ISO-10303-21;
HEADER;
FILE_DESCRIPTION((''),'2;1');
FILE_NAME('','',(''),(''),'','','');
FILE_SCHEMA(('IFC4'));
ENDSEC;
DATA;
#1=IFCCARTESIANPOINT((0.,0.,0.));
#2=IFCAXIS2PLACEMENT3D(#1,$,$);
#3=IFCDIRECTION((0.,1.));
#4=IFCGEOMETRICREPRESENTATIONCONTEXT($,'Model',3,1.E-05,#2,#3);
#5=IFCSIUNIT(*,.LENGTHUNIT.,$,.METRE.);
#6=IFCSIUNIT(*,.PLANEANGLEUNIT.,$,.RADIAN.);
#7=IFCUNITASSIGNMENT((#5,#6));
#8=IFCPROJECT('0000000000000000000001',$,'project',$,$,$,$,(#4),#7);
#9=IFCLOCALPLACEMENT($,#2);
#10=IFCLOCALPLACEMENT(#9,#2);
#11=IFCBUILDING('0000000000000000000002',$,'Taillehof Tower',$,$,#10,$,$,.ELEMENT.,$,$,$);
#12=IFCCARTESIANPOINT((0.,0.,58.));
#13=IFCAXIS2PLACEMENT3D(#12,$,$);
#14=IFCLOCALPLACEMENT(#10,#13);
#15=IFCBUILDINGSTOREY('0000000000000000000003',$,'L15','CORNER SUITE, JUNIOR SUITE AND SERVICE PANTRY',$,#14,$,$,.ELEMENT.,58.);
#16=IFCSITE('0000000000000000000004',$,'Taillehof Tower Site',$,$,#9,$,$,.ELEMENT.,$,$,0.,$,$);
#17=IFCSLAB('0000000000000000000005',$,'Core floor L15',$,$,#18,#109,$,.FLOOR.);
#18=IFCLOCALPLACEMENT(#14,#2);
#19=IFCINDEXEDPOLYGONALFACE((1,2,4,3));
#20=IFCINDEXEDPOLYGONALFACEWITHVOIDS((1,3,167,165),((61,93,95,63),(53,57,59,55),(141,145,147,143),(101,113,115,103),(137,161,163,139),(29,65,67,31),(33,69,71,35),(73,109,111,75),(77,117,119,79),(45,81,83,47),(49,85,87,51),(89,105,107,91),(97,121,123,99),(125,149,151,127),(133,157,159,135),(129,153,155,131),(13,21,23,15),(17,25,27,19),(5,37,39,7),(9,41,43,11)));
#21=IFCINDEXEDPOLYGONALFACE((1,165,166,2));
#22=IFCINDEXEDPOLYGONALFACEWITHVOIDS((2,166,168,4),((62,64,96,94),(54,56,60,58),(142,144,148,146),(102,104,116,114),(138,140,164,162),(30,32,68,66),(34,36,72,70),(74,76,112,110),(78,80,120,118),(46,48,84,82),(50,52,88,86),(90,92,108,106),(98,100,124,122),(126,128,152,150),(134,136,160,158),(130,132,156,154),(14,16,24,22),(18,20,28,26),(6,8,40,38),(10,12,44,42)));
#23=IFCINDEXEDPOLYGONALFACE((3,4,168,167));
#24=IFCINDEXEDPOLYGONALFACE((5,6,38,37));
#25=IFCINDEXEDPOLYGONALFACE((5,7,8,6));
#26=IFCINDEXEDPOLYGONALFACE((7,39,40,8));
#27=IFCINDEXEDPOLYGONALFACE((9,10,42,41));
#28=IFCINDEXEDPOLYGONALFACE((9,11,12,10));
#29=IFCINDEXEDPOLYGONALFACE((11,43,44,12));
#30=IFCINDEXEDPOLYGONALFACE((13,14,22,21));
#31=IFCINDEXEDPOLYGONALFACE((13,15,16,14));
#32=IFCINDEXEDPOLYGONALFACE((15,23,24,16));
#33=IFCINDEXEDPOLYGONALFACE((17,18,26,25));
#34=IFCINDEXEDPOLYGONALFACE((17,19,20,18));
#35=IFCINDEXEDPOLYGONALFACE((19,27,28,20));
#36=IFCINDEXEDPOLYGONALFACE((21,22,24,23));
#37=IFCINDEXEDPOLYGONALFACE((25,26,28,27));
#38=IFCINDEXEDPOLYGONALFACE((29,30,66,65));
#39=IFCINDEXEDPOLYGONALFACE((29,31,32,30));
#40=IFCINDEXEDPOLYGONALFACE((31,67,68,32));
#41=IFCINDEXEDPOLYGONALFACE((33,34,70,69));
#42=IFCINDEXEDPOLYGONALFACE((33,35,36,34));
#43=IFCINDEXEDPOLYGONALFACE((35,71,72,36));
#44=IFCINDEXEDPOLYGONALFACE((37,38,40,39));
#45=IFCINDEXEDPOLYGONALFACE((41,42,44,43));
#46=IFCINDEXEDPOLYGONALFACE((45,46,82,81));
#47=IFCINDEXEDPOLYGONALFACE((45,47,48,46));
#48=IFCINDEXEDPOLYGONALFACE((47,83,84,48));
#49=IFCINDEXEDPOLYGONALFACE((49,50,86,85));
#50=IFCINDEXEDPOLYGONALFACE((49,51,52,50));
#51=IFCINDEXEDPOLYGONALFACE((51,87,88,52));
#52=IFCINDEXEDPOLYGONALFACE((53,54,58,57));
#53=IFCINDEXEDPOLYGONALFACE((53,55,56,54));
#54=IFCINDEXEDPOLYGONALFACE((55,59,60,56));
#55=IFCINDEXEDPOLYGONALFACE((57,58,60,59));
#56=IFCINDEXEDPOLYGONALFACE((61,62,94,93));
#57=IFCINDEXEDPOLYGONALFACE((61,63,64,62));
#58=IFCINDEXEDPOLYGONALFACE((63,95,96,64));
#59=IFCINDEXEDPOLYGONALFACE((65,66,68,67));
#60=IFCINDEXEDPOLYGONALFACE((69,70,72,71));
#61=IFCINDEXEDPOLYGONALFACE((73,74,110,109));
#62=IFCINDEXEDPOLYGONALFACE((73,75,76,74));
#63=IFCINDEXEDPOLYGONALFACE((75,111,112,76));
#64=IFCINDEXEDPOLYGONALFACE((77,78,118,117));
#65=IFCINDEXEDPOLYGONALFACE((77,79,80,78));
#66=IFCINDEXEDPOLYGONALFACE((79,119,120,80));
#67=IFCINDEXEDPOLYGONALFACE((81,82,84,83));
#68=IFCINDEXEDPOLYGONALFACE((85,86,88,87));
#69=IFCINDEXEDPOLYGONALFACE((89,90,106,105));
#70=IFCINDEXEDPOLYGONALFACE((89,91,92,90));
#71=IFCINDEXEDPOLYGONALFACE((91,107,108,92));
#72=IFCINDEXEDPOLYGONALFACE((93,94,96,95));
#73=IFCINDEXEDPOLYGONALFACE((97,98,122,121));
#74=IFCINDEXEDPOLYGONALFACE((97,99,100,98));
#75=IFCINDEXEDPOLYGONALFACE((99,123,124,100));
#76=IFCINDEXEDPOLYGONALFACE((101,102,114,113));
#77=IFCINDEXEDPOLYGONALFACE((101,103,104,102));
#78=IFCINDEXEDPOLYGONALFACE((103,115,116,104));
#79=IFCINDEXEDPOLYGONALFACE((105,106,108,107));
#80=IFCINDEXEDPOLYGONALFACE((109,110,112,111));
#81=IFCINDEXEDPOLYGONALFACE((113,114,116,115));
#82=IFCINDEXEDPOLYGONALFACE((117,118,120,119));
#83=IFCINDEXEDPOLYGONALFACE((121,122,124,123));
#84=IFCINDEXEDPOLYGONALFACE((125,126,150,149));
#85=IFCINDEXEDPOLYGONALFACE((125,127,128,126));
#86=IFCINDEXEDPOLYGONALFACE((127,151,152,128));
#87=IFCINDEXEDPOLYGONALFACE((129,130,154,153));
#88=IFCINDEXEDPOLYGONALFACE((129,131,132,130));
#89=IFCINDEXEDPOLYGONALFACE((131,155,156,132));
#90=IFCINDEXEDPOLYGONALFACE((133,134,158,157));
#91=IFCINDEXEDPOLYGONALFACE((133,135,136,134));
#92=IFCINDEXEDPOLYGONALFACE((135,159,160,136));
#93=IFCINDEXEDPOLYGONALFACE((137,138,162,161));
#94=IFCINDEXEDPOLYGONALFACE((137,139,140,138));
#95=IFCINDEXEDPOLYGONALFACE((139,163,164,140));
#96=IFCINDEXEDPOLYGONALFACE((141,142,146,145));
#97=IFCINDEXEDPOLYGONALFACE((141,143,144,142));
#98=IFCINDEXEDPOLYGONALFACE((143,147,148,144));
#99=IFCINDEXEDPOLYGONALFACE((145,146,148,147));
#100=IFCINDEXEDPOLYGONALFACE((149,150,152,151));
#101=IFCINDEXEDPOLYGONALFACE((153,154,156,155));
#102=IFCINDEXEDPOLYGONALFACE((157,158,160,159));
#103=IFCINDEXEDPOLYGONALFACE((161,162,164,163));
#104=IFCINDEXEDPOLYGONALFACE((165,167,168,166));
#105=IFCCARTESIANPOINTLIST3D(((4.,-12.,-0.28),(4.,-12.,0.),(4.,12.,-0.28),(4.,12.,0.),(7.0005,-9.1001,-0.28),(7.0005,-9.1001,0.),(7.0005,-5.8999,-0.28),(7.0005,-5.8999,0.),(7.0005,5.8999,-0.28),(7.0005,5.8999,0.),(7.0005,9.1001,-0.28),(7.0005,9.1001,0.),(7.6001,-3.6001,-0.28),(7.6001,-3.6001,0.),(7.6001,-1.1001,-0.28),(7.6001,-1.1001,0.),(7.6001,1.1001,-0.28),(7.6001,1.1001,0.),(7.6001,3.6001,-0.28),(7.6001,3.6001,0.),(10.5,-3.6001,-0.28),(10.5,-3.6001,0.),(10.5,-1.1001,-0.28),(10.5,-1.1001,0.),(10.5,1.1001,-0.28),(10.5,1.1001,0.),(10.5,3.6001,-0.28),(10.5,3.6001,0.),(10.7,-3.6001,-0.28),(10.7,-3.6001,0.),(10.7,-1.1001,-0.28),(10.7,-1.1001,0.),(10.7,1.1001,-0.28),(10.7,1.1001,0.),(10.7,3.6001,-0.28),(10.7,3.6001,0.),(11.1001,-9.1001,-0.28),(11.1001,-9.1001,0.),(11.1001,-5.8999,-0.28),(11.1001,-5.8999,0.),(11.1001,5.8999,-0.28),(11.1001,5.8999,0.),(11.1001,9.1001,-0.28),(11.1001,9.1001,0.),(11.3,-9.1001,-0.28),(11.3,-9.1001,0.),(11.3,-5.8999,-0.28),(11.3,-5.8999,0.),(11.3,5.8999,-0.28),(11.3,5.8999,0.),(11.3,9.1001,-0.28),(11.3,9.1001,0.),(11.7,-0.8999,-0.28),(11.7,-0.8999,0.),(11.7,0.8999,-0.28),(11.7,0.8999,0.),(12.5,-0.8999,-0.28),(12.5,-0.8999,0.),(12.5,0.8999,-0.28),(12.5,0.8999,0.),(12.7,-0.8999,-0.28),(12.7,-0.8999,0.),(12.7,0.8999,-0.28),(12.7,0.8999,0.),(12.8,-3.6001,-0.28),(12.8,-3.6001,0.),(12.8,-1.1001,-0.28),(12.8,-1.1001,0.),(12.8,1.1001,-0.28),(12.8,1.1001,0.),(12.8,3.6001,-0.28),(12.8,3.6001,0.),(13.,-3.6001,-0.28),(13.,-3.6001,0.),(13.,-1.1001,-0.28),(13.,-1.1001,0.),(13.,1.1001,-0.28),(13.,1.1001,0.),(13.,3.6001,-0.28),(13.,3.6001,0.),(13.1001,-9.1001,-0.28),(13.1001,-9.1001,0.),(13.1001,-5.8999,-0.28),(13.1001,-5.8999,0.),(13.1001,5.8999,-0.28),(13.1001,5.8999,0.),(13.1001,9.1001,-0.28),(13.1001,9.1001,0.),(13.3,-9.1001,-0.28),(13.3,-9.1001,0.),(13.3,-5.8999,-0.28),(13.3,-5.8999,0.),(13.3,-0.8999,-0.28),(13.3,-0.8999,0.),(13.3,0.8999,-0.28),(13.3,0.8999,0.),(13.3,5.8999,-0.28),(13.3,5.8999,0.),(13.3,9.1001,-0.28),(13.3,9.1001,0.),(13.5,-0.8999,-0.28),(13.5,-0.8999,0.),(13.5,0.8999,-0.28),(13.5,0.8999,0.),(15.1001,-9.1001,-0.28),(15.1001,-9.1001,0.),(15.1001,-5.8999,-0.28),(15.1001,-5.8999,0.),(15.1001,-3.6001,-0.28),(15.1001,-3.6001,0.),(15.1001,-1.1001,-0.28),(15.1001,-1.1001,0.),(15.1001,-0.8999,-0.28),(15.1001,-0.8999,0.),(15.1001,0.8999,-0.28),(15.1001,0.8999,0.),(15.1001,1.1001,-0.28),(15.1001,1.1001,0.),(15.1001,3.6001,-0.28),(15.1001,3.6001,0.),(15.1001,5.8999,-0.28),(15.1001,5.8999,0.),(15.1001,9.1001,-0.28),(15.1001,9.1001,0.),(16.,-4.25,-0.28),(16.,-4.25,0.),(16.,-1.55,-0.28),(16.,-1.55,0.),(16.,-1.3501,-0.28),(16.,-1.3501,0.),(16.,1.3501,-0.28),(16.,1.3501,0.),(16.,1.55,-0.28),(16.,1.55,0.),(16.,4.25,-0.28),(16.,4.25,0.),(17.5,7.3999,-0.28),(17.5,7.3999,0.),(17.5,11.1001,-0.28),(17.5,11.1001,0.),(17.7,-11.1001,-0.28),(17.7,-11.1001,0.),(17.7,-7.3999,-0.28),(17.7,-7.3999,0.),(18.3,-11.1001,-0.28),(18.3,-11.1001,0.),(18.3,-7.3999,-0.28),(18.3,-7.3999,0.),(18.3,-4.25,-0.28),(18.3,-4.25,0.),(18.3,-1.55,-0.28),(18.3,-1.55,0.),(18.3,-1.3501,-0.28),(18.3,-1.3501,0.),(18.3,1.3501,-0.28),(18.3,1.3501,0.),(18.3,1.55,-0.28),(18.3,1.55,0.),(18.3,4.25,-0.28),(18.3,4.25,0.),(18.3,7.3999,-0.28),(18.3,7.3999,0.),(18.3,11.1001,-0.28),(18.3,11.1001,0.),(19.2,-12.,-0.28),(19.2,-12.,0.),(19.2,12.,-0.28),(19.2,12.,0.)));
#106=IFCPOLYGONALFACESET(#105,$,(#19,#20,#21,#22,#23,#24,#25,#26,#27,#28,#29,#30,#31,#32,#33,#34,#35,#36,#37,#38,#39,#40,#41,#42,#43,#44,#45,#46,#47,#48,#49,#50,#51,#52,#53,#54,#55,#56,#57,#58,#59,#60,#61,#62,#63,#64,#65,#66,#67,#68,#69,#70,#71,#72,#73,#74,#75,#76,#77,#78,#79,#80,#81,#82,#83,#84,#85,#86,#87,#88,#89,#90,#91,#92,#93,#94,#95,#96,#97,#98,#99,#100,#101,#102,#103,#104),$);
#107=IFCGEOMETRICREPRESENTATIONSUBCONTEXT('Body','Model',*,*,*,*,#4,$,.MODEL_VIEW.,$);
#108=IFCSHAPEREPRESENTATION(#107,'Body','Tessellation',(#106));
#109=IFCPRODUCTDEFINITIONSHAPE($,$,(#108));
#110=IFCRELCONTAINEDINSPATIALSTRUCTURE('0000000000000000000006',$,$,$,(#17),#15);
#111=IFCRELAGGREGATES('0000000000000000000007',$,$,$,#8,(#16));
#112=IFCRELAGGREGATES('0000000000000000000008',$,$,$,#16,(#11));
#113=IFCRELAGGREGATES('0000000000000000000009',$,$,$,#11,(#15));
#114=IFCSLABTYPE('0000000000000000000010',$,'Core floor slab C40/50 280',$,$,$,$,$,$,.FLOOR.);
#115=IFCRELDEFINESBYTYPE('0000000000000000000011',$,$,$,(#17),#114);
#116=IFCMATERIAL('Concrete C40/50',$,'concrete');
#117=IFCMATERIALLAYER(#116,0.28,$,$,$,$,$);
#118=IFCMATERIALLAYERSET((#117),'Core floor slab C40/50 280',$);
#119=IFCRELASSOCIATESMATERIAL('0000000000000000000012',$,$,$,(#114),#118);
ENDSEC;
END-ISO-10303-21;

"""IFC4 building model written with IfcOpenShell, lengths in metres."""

from ifc_helpers import new_model, si_unit, direction, frame, origin, place, context, subcontext, project, spatial, polyline, outline, extrude, material, layer, layer_set, type_object, element, save


model = new_model("IFC4")

# Units and contexts
model_context = context("Model", 3, precision=1e-05, world=origin(), true_north=direction((0.0, 1.0)))
body_context = subcontext(model_context, "Body", "Model", "MODEL_VIEW")
ifc_project = project(units=[si_unit("LENGTHUNIT", "METRE"), si_unit("PLANEANGLEUNIT", "RADIAN")], contexts=[model_context])

# Site, building, storey
site_placement = place(None, origin())
site = spatial("IfcSite", under=ifc_project, at=site_placement, Name="Taillehof Tower Site", CompositionType="ELEMENT", RefElevation=0.0)
building_placement = place(site_placement, origin())
building = spatial("IfcBuilding", under=site, at=building_placement, Name="Taillehof Tower", CompositionType="ELEMENT")
storey_placement = place(building_placement, frame((0.0, 0.0, 58.0)))
storey = spatial("IfcBuildingStorey", under=building, at=storey_placement, Name="L15", Description="CORNER SUITE, JUNIOR SUITE AND SERVICE PANTRY", CompositionType="ELEMENT", Elevation=58.0)

# Slab
ifc_material_1 = material(Name="Concrete C40/50", Category="concrete")
ifc_layer_1 = layer(ifc_material_1, 0.28)
ifc_layer_set_1 = layer_set([ifc_layer_1], Name="Core floor slab C40/50 280")
slab_type_1 = type_object("IfcSlabType", Name="Core floor slab C40/50 280", PredefinedType="FLOOR", material=ifc_layer_set_1)
slab_1_placement = place(storey_placement, frame((0.0, 0.0, -0.28)))
element("IfcSlab", 1, at=slab_1_placement, inside=storey, type_object=slab_type_1, Name="Core floor L15", PredefinedType="FLOOR", context=body_context, shape_type="SweptSolid", body=[
    extrude(outline(polyline([(4.0, -12.0), (4.0, 12.0), (19.2, 12.0), (19.2, -12.0), (4.0, -12.0)]), holes=[polyline([(7.0005, -9.1001), (11.1001, -9.1001), (11.1001, -5.8999), (7.0005, -5.8999), (7.0005, -9.1001)]), polyline([(13.1001, -9.1001), (13.1001, -5.8999), (11.3, -5.8999), (11.3, -9.1001), (13.1001, -9.1001)]), polyline([(10.5, -3.6001), (10.5, -1.1001), (7.6001, -1.1001), (7.6001, -3.6001), (10.5, -3.6001)]), polyline([(10.7, -3.6001), (12.8, -3.6001), (12.8, -1.1001), (10.7, -1.1001), (10.7, -3.6001)]), polyline([(11.7, -0.8999), (12.5, -0.8999), (12.5, 0.8999), (11.7, 0.8999), (11.7, -0.8999)]), polyline([(13.3, -0.8999), (13.3, 0.8999), (12.7, 0.8999), (12.7, -0.8999), (13.3, -0.8999)]), polyline([(10.5, 1.1001), (10.5, 3.6001), (7.6001, 3.6001), (7.6001, 1.1001), (10.5, 1.1001)]), polyline([(12.8, 1.1001), (12.8, 3.6001), (10.7, 3.6001), (10.7, 1.1001), (12.8, 1.1001)]), polyline([(11.3, 5.8999), (13.1001, 5.8999), (13.1001, 9.1001), (11.3, 9.1001), (11.3, 5.8999)]), polyline([(7.0005, 5.8999), (11.1001, 5.8999), (11.1001, 9.1001), (7.0005, 9.1001), (7.0005, 5.8999)]), polyline([(18.3, -11.1001), (18.3, -7.3999), (17.7, -7.3999), (17.7, -11.1001), (18.3, -11.1001)]), polyline([(15.1001, -9.1001), (15.1001, -5.8999), (13.3, -5.8999), (13.3, -9.1001), (15.1001, -9.1001)]), polyline([(18.3, -4.25), (18.3, -1.55), (16.0, -1.55), (16.0, -4.25), (18.3, -4.25)]), polyline([(13.0, -3.6001), (15.1001, -3.6001), (15.1001, -1.1001), (13.0, -1.1001), (13.0, -3.6001)]), polyline([(13.5, -0.8999), (15.1001, -0.8999), (15.1001, 0.8999), (13.5, 0.8999), (13.5, -0.8999)]), polyline([(18.3, -1.3501), (18.3, 1.3501), (16.0, 1.3501), (16.0, -1.3501), (18.3, -1.3501)]), polyline([(15.1001, 1.1001), (15.1001, 3.6001), (13.0, 3.6001), (13.0, 1.1001), (15.1001, 1.1001)]), polyline([(18.3, 1.55), (18.3, 4.25), (16.0, 4.25), (16.0, 1.55), (18.3, 1.55)]), polyline([(13.3, 5.8999), (15.1001, 5.8999), (15.1001, 9.1001), (13.3, 9.1001), (13.3, 5.8999)]), polyline([(17.5, 7.3999), (18.3, 7.3999), (18.3, 11.1001), (17.5, 11.1001), (17.5, 7.3999)])]), origin(), (0.0, 0.0, 1.0), 0.28),
])

save(model, "model.ifc")
